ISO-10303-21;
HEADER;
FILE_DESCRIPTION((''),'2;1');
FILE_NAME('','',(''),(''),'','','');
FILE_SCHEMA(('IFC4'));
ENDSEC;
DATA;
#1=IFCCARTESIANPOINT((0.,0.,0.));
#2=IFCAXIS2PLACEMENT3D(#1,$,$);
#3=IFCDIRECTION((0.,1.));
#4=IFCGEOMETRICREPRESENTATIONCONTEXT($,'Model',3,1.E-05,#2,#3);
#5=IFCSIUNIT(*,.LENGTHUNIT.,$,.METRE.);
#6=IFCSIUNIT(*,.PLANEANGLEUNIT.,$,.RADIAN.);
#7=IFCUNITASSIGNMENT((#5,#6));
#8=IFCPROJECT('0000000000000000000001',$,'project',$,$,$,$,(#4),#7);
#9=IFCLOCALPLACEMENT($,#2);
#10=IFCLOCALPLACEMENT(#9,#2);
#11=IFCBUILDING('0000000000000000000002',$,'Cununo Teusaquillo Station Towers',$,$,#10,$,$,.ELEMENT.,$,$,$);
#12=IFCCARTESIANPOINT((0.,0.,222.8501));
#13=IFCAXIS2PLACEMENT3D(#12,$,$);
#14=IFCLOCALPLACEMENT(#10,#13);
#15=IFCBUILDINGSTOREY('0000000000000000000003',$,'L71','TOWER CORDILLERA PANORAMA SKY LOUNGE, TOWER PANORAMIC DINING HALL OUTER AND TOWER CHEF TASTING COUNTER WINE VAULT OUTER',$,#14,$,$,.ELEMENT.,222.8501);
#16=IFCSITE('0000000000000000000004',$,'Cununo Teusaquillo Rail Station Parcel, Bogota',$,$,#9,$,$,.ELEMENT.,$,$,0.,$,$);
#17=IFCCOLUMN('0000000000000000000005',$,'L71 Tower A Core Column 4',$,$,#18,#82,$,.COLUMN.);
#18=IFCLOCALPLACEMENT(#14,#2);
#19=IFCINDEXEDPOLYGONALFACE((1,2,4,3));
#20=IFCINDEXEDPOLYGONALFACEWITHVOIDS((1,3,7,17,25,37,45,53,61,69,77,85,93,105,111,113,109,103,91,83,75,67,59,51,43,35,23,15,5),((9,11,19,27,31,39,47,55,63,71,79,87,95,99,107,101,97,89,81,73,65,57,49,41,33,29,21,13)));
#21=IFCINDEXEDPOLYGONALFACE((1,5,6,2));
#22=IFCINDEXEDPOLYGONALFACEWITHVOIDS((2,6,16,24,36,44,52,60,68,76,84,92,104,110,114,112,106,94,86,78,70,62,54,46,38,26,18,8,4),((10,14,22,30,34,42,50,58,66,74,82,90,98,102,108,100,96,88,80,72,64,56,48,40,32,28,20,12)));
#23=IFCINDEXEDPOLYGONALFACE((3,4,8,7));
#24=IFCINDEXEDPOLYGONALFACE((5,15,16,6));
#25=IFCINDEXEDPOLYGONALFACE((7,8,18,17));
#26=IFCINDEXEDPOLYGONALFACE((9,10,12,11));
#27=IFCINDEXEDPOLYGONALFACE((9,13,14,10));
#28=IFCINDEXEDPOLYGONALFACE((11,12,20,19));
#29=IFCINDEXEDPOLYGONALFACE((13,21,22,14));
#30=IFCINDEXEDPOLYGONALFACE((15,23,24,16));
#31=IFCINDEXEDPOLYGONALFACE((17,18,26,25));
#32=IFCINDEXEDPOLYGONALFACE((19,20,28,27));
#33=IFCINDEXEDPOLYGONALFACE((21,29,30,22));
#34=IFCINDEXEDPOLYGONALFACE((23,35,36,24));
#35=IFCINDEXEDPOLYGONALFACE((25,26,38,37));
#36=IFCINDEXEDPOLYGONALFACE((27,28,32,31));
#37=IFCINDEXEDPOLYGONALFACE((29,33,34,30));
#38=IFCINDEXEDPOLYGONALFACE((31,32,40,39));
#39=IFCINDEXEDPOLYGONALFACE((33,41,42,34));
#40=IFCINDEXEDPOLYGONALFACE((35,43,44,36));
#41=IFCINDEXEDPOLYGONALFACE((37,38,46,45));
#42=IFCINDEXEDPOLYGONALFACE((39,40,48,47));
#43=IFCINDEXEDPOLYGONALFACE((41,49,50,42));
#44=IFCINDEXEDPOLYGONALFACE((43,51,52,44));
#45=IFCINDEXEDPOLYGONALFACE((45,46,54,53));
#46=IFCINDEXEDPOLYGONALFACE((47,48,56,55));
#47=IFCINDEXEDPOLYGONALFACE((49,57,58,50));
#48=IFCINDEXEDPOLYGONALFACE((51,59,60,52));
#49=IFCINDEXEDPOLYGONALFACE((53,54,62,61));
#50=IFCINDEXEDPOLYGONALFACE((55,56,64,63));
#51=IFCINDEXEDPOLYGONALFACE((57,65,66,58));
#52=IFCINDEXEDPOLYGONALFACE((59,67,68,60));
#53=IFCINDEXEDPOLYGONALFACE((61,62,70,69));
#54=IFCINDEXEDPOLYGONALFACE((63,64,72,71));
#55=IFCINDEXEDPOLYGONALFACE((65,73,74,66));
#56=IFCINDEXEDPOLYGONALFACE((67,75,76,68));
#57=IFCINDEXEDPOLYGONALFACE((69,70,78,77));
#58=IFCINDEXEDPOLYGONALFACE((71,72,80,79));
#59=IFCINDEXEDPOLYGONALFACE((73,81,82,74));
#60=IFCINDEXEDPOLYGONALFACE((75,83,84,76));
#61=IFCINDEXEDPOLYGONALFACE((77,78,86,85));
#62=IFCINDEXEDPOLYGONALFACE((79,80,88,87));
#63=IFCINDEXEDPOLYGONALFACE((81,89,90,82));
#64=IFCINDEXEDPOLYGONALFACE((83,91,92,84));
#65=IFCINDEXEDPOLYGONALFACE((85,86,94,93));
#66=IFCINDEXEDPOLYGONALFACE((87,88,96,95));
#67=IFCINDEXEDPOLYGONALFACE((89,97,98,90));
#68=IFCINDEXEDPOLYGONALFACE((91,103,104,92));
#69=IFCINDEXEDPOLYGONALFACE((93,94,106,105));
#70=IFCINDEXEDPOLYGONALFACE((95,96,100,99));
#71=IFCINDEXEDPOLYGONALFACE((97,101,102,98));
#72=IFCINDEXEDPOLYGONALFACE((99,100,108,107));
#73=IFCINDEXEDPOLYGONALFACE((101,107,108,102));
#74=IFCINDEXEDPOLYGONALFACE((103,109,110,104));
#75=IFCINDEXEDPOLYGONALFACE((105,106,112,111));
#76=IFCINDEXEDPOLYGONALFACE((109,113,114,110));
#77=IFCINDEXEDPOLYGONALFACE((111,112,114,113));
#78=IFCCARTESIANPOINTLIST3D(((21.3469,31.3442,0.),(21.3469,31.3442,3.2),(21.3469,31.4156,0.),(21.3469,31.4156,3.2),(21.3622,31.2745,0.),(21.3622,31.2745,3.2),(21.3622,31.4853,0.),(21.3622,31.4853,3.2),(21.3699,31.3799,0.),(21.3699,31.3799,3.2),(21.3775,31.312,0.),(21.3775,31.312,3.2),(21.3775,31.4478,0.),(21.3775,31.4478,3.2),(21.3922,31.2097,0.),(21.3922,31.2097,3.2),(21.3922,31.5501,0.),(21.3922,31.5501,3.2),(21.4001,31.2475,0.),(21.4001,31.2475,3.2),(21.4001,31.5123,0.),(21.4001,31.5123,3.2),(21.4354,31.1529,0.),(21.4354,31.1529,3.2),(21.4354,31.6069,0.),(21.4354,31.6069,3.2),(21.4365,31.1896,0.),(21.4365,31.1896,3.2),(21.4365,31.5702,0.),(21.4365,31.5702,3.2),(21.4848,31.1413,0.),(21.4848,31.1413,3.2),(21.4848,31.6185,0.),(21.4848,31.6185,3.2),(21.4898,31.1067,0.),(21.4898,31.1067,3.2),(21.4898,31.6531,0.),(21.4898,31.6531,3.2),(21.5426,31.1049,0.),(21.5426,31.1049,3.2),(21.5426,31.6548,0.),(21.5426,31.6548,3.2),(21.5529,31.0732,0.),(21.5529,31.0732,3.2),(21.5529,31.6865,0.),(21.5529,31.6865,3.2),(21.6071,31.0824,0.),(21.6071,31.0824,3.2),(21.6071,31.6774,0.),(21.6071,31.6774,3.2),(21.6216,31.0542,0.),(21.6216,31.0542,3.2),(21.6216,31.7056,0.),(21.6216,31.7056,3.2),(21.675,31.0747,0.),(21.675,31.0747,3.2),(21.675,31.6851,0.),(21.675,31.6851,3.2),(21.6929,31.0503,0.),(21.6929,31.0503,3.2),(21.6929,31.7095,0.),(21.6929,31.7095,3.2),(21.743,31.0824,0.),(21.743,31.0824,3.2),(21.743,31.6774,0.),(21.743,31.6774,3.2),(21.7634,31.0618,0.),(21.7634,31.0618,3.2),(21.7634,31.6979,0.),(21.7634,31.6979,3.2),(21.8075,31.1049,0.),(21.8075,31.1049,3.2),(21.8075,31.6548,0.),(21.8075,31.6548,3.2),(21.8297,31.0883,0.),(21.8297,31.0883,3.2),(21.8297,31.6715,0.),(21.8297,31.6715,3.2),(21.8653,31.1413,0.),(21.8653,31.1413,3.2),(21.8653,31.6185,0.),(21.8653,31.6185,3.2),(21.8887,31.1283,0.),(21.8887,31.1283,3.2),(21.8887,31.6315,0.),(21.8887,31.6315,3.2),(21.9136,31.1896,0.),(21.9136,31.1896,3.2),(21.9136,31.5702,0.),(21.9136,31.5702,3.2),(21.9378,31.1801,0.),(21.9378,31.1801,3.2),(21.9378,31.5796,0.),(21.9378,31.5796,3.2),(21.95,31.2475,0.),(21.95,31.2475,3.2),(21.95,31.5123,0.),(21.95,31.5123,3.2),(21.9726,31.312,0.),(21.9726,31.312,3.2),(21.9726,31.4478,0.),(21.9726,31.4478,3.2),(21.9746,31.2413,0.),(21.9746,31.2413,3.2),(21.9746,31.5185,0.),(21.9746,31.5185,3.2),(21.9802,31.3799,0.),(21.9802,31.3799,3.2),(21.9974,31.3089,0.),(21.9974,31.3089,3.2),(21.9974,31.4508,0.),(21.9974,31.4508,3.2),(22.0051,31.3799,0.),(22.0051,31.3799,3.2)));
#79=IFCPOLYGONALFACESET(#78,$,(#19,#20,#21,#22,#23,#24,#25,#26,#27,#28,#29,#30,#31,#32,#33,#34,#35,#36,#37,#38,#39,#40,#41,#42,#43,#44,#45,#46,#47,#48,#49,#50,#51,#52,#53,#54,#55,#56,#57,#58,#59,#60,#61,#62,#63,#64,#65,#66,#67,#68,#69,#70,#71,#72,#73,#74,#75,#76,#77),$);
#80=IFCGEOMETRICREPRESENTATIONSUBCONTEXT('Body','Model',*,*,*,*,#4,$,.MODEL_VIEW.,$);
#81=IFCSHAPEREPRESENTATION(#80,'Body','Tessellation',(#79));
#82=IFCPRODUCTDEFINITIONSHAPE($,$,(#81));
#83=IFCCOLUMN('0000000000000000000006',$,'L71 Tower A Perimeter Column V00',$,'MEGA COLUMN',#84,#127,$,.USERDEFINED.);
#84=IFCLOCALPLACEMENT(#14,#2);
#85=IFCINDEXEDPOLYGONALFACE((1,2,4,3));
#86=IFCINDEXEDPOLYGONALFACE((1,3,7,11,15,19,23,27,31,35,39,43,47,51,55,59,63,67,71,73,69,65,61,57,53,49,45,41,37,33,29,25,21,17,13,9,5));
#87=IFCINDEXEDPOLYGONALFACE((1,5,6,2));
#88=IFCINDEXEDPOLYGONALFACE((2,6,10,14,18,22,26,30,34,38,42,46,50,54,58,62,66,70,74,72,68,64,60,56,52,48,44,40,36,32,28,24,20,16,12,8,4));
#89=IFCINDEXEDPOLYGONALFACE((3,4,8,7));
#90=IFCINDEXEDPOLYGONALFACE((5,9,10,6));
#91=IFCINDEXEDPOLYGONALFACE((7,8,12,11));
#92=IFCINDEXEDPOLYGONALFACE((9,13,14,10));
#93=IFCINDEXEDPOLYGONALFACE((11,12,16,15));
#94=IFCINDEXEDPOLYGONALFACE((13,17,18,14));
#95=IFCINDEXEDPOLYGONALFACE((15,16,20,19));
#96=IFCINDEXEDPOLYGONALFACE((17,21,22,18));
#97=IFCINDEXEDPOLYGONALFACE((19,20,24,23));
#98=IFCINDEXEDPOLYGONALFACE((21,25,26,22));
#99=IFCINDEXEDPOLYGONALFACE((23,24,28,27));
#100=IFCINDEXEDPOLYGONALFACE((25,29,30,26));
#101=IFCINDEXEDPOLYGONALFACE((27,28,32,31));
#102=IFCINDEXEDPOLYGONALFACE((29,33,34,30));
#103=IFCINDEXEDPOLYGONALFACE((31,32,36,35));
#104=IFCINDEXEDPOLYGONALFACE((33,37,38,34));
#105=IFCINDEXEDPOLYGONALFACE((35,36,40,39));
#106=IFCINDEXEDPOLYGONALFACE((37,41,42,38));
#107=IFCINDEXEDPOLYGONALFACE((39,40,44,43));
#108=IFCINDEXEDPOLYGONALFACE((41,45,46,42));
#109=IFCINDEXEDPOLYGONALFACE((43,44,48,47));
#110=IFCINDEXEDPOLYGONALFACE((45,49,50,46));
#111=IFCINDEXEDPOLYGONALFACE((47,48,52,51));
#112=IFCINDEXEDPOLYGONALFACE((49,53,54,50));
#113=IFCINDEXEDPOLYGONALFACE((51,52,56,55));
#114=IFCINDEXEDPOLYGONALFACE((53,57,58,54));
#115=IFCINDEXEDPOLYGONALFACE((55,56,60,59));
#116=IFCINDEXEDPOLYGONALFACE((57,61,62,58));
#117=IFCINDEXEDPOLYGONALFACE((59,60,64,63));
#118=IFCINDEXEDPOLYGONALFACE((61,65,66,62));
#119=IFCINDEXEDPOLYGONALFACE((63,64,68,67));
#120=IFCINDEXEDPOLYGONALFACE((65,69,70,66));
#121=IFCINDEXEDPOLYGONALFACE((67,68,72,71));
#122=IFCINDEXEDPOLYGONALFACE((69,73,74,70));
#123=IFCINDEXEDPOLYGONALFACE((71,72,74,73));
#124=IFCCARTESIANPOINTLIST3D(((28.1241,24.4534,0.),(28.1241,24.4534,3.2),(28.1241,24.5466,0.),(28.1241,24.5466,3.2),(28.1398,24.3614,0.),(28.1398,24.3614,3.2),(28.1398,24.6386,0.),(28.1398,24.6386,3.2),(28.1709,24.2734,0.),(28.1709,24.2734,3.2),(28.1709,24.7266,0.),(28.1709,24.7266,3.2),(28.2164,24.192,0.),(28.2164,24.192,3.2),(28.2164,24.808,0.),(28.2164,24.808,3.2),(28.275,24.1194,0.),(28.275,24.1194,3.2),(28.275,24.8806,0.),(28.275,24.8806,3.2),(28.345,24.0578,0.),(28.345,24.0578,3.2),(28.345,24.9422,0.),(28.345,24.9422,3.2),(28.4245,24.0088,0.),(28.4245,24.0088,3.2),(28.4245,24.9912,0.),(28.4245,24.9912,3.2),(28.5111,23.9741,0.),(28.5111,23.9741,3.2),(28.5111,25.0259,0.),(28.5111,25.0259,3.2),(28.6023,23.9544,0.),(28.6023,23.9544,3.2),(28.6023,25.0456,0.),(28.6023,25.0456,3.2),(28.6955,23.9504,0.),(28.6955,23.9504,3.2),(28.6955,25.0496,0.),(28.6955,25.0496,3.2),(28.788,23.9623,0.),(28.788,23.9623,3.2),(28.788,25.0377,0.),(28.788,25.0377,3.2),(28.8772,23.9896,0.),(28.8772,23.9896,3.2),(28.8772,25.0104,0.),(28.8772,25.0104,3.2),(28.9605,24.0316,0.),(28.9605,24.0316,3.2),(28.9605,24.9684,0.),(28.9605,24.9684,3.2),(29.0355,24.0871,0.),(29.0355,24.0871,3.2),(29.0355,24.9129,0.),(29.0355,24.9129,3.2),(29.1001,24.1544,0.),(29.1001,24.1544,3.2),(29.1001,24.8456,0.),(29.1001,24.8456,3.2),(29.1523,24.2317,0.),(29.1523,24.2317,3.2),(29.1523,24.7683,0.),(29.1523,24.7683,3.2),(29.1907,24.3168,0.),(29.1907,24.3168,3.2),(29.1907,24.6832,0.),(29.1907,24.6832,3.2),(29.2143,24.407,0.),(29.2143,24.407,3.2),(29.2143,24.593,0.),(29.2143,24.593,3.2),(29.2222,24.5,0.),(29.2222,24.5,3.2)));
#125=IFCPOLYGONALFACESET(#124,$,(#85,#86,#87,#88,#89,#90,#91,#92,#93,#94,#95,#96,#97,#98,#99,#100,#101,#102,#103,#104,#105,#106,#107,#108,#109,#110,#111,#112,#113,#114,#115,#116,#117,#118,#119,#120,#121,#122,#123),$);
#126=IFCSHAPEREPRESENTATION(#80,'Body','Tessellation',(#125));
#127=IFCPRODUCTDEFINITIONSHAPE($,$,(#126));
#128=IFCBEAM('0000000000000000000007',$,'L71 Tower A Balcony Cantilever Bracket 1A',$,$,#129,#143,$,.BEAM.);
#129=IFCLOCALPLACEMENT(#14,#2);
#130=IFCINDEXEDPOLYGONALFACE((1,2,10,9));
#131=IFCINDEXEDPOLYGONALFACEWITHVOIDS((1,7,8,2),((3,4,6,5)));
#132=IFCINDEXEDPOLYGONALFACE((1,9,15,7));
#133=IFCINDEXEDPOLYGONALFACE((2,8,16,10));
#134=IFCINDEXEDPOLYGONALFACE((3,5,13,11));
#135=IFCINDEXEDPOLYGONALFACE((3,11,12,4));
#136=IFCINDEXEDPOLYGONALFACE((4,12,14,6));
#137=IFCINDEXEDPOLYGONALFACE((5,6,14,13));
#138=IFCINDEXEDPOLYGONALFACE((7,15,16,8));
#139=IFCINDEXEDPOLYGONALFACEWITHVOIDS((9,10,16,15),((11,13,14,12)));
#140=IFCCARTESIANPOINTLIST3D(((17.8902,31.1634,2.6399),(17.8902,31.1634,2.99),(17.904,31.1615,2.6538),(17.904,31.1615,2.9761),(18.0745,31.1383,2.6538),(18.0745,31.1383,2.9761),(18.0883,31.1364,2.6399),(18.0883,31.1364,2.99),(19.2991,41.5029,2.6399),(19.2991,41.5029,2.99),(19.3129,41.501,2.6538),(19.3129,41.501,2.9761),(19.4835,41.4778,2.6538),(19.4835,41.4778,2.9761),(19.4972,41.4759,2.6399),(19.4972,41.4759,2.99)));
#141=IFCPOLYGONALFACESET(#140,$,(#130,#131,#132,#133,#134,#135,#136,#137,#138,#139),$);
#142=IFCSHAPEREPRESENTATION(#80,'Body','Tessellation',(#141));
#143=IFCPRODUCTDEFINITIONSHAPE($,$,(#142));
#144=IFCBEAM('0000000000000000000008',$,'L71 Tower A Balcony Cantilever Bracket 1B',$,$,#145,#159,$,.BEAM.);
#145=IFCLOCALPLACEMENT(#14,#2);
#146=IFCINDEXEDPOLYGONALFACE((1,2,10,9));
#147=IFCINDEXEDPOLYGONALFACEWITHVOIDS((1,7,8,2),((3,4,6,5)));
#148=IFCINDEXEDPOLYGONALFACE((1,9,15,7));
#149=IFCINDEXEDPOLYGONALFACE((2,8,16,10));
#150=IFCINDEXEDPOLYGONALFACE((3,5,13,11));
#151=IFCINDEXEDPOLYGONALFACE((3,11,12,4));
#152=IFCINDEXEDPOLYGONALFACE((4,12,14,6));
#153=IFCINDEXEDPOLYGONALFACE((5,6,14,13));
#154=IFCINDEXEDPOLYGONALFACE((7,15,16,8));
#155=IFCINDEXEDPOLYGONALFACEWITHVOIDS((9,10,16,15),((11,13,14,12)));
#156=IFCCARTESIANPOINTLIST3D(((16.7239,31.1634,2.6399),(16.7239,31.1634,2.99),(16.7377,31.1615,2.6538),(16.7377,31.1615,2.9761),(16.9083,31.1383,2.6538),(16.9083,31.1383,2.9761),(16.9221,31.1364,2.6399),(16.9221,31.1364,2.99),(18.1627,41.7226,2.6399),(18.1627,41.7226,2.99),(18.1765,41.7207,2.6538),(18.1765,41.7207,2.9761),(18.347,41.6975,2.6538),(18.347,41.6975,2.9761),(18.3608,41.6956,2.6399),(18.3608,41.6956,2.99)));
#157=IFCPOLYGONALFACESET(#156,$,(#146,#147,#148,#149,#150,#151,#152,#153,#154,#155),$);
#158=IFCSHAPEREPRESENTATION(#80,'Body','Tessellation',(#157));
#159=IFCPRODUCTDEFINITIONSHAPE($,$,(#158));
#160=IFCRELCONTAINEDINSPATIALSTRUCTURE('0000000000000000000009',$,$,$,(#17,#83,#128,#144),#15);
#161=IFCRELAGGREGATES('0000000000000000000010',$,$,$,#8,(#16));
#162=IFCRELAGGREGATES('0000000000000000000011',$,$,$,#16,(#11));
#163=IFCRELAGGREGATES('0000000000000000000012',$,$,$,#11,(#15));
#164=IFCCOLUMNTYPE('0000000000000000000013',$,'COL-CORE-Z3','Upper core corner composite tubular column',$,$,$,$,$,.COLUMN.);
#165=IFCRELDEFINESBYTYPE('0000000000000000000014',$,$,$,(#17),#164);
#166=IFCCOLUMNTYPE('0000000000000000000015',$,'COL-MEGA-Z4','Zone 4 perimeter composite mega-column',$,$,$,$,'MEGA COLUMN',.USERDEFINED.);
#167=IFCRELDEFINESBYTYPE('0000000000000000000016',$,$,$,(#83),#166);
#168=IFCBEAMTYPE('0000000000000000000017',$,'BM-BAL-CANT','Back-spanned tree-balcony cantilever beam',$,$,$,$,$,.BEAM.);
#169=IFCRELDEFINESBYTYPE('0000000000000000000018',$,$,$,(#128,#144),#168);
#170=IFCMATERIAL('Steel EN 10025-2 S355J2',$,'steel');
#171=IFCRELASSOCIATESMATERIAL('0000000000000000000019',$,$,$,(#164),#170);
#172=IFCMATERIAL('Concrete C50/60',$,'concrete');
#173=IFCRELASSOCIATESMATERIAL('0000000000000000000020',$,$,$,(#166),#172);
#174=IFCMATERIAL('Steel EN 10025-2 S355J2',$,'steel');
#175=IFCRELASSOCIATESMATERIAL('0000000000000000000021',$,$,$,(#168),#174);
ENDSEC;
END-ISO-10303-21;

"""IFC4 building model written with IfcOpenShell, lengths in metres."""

from ifc_helpers import new_model, si_unit, direction, frame, origin, origin_2d, place, context, subcontext, project, spatial, hollow_rectangle, circle, hollow_circle, extrude, material, material_profile, profile_set, type_object, element, save


model = new_model("IFC4")

# Units and contexts
model_context = context("Model", 3, precision=1e-05, world=origin(), true_north=direction((0.0, 1.0)))
body_context = subcontext(model_context, "Body", "Model", "MODEL_VIEW")
ifc_project = project(units=[si_unit("LENGTHUNIT", "METRE"), si_unit("PLANEANGLEUNIT", "RADIAN")], contexts=[model_context])

# Site, building, storey
site_placement = place(None, origin())
site = spatial("IfcSite", under=ifc_project, at=site_placement, Name="Cununo Teusaquillo Rail Station Parcel, Bogota", CompositionType="ELEMENT", RefElevation=0.0)
building_placement = place(site_placement, origin())
building = spatial("IfcBuilding", under=site, at=building_placement, Name="Cununo Teusaquillo Station Towers", CompositionType="ELEMENT")
storey_placement = place(building_placement, frame((0.0, 0.0, 222.8501)))
storey = spatial("IfcBuildingStorey", under=building, at=storey_placement, Name="L71", Description="TOWER CORDILLERA PANORAMA SKY LOUNGE, TOWER PANORAMIC DINING HALL OUTER AND TOWER CHEF TASTING COUNTER WINE VAULT OUTER", CompositionType="ELEMENT", Elevation=222.8501)

# Columns
ifc_material_1 = material(Name="Steel EN 10025-2 S355J2", Category="steel")
ifc_material_profile_1 = material_profile(ifc_material_1, hollow_circle(Radius=0.3301, WallThickness=0.0249, at=origin_2d()), Name="CHS 660x25")
ifc_profile_set_1 = profile_set([ifc_material_profile_1], Name="Steel EN 10025-2 S355J2")
column_type_1 = type_object("IfcColumnType", Name="COL-CORE-Z3", Description="Upper core corner composite tubular column", PredefinedType="COLUMN", material=ifc_profile_set_1)
column_1_placement = place(storey_placement, frame((21.675, 31.3799, 0.0), z_axis=(0.0, 0.0, 1.0), x_axis=(1.0, 0.0, 0.0)))
element("IfcColumn", 1, at=column_1_placement, inside=storey, type_object=column_type_1, Name="L71 Tower A Core Column 4", PredefinedType="COLUMN", context=body_context, shape_type="SweptSolid", body=[
    extrude(hollow_circle(Radius=0.3301, WallThickness=0.0249, at=origin_2d()), origin(), (0.0, 0.0, 1.0), 3.2),
])
ifc_material_2 = material(Name="Concrete C50/60", Category="concrete")
ifc_material_profile_2 = material_profile(ifc_material_2, circle(Radius=0.55, at=origin_2d()), Name="RC-CIRC-1100")
ifc_profile_set_2 = profile_set([ifc_material_profile_2], Name="Concrete C50/60")
column_type_2 = type_object("IfcColumnType", Name="COL-MEGA-Z4", Description="Zone 4 perimeter composite mega-column", ElementType="MEGA COLUMN", PredefinedType="USERDEFINED", material=ifc_profile_set_2)
column_2_placement = place(storey_placement, frame((28.6721, 24.5, 0.0), z_axis=(0.0, 0.0, 1.0), x_axis=(1.0, 0.0, 0.0)))
element("IfcColumn", 2, at=column_2_placement, inside=storey, type_object=column_type_2, Name="L71 Tower A Perimeter Column V00", ObjectType="MEGA COLUMN", PredefinedType="USERDEFINED", context=body_context, shape_type="SweptSolid", body=[
    extrude(circle(Radius=0.55, at=origin_2d()), origin(), (0.0, 0.0, 1.0), 3.2),
])

# Beams
ifc_material_3 = material(Name="Steel EN 10025-2 S355J2", Category="steel")
ifc_material_profile_3 = material_profile(ifc_material_3, hollow_rectangle(XDim=0.2, YDim=0.3501, WallThickness=0.0139, at=origin_2d()), Name="RHS 350x200x14")
ifc_profile_set_3 = profile_set([ifc_material_profile_3], Name="Steel EN 10025-2 S355J2")
beam_type_1 = type_object("IfcBeamType", Name="BM-BAL-CANT", Description="Back-spanned tree-balcony cantilever beam", PredefinedType="BEAM", material=ifc_profile_set_3)
beam_1_placement = place(storey_placement, frame((17.9893, 31.1499, 2.8149), z_axis=(0.135018, 0.990843, 0.0), x_axis=(-0.990843, 0.135018, 0.0)))
element("IfcBeam", 3, at=beam_1_placement, inside=storey, type_object=beam_type_1, Name="L71 Tower A Balcony Cantilever Bracket 1A", PredefinedType="BEAM", context=body_context, shape_type="SweptSolid", body=[
    extrude(hollow_rectangle(XDim=0.2, YDim=0.3501, WallThickness=0.0139, at=origin_2d()), origin(), (0.0, 0.0, 1.0), 10.4351),
])
beam_2_placement = place(storey_placement, frame((16.823, 31.1499, 2.8149), z_axis=(0.135007, 0.990845, 0.0), x_axis=(-0.990845, 0.135007, 0.0)))
element("IfcBeam", 4, at=beam_2_placement, inside=storey, type_object=beam_type_1, Name="L71 Tower A Balcony Cantilever Bracket 1B", PredefinedType="BEAM", context=body_context, shape_type="SweptSolid", body=[
    extrude(hollow_rectangle(XDim=0.2, YDim=0.3501, WallThickness=0.0139, at=origin_2d()), origin(), (0.0, 0.0, 1.0), 10.6567),
])

save(model, "model.ifc")
